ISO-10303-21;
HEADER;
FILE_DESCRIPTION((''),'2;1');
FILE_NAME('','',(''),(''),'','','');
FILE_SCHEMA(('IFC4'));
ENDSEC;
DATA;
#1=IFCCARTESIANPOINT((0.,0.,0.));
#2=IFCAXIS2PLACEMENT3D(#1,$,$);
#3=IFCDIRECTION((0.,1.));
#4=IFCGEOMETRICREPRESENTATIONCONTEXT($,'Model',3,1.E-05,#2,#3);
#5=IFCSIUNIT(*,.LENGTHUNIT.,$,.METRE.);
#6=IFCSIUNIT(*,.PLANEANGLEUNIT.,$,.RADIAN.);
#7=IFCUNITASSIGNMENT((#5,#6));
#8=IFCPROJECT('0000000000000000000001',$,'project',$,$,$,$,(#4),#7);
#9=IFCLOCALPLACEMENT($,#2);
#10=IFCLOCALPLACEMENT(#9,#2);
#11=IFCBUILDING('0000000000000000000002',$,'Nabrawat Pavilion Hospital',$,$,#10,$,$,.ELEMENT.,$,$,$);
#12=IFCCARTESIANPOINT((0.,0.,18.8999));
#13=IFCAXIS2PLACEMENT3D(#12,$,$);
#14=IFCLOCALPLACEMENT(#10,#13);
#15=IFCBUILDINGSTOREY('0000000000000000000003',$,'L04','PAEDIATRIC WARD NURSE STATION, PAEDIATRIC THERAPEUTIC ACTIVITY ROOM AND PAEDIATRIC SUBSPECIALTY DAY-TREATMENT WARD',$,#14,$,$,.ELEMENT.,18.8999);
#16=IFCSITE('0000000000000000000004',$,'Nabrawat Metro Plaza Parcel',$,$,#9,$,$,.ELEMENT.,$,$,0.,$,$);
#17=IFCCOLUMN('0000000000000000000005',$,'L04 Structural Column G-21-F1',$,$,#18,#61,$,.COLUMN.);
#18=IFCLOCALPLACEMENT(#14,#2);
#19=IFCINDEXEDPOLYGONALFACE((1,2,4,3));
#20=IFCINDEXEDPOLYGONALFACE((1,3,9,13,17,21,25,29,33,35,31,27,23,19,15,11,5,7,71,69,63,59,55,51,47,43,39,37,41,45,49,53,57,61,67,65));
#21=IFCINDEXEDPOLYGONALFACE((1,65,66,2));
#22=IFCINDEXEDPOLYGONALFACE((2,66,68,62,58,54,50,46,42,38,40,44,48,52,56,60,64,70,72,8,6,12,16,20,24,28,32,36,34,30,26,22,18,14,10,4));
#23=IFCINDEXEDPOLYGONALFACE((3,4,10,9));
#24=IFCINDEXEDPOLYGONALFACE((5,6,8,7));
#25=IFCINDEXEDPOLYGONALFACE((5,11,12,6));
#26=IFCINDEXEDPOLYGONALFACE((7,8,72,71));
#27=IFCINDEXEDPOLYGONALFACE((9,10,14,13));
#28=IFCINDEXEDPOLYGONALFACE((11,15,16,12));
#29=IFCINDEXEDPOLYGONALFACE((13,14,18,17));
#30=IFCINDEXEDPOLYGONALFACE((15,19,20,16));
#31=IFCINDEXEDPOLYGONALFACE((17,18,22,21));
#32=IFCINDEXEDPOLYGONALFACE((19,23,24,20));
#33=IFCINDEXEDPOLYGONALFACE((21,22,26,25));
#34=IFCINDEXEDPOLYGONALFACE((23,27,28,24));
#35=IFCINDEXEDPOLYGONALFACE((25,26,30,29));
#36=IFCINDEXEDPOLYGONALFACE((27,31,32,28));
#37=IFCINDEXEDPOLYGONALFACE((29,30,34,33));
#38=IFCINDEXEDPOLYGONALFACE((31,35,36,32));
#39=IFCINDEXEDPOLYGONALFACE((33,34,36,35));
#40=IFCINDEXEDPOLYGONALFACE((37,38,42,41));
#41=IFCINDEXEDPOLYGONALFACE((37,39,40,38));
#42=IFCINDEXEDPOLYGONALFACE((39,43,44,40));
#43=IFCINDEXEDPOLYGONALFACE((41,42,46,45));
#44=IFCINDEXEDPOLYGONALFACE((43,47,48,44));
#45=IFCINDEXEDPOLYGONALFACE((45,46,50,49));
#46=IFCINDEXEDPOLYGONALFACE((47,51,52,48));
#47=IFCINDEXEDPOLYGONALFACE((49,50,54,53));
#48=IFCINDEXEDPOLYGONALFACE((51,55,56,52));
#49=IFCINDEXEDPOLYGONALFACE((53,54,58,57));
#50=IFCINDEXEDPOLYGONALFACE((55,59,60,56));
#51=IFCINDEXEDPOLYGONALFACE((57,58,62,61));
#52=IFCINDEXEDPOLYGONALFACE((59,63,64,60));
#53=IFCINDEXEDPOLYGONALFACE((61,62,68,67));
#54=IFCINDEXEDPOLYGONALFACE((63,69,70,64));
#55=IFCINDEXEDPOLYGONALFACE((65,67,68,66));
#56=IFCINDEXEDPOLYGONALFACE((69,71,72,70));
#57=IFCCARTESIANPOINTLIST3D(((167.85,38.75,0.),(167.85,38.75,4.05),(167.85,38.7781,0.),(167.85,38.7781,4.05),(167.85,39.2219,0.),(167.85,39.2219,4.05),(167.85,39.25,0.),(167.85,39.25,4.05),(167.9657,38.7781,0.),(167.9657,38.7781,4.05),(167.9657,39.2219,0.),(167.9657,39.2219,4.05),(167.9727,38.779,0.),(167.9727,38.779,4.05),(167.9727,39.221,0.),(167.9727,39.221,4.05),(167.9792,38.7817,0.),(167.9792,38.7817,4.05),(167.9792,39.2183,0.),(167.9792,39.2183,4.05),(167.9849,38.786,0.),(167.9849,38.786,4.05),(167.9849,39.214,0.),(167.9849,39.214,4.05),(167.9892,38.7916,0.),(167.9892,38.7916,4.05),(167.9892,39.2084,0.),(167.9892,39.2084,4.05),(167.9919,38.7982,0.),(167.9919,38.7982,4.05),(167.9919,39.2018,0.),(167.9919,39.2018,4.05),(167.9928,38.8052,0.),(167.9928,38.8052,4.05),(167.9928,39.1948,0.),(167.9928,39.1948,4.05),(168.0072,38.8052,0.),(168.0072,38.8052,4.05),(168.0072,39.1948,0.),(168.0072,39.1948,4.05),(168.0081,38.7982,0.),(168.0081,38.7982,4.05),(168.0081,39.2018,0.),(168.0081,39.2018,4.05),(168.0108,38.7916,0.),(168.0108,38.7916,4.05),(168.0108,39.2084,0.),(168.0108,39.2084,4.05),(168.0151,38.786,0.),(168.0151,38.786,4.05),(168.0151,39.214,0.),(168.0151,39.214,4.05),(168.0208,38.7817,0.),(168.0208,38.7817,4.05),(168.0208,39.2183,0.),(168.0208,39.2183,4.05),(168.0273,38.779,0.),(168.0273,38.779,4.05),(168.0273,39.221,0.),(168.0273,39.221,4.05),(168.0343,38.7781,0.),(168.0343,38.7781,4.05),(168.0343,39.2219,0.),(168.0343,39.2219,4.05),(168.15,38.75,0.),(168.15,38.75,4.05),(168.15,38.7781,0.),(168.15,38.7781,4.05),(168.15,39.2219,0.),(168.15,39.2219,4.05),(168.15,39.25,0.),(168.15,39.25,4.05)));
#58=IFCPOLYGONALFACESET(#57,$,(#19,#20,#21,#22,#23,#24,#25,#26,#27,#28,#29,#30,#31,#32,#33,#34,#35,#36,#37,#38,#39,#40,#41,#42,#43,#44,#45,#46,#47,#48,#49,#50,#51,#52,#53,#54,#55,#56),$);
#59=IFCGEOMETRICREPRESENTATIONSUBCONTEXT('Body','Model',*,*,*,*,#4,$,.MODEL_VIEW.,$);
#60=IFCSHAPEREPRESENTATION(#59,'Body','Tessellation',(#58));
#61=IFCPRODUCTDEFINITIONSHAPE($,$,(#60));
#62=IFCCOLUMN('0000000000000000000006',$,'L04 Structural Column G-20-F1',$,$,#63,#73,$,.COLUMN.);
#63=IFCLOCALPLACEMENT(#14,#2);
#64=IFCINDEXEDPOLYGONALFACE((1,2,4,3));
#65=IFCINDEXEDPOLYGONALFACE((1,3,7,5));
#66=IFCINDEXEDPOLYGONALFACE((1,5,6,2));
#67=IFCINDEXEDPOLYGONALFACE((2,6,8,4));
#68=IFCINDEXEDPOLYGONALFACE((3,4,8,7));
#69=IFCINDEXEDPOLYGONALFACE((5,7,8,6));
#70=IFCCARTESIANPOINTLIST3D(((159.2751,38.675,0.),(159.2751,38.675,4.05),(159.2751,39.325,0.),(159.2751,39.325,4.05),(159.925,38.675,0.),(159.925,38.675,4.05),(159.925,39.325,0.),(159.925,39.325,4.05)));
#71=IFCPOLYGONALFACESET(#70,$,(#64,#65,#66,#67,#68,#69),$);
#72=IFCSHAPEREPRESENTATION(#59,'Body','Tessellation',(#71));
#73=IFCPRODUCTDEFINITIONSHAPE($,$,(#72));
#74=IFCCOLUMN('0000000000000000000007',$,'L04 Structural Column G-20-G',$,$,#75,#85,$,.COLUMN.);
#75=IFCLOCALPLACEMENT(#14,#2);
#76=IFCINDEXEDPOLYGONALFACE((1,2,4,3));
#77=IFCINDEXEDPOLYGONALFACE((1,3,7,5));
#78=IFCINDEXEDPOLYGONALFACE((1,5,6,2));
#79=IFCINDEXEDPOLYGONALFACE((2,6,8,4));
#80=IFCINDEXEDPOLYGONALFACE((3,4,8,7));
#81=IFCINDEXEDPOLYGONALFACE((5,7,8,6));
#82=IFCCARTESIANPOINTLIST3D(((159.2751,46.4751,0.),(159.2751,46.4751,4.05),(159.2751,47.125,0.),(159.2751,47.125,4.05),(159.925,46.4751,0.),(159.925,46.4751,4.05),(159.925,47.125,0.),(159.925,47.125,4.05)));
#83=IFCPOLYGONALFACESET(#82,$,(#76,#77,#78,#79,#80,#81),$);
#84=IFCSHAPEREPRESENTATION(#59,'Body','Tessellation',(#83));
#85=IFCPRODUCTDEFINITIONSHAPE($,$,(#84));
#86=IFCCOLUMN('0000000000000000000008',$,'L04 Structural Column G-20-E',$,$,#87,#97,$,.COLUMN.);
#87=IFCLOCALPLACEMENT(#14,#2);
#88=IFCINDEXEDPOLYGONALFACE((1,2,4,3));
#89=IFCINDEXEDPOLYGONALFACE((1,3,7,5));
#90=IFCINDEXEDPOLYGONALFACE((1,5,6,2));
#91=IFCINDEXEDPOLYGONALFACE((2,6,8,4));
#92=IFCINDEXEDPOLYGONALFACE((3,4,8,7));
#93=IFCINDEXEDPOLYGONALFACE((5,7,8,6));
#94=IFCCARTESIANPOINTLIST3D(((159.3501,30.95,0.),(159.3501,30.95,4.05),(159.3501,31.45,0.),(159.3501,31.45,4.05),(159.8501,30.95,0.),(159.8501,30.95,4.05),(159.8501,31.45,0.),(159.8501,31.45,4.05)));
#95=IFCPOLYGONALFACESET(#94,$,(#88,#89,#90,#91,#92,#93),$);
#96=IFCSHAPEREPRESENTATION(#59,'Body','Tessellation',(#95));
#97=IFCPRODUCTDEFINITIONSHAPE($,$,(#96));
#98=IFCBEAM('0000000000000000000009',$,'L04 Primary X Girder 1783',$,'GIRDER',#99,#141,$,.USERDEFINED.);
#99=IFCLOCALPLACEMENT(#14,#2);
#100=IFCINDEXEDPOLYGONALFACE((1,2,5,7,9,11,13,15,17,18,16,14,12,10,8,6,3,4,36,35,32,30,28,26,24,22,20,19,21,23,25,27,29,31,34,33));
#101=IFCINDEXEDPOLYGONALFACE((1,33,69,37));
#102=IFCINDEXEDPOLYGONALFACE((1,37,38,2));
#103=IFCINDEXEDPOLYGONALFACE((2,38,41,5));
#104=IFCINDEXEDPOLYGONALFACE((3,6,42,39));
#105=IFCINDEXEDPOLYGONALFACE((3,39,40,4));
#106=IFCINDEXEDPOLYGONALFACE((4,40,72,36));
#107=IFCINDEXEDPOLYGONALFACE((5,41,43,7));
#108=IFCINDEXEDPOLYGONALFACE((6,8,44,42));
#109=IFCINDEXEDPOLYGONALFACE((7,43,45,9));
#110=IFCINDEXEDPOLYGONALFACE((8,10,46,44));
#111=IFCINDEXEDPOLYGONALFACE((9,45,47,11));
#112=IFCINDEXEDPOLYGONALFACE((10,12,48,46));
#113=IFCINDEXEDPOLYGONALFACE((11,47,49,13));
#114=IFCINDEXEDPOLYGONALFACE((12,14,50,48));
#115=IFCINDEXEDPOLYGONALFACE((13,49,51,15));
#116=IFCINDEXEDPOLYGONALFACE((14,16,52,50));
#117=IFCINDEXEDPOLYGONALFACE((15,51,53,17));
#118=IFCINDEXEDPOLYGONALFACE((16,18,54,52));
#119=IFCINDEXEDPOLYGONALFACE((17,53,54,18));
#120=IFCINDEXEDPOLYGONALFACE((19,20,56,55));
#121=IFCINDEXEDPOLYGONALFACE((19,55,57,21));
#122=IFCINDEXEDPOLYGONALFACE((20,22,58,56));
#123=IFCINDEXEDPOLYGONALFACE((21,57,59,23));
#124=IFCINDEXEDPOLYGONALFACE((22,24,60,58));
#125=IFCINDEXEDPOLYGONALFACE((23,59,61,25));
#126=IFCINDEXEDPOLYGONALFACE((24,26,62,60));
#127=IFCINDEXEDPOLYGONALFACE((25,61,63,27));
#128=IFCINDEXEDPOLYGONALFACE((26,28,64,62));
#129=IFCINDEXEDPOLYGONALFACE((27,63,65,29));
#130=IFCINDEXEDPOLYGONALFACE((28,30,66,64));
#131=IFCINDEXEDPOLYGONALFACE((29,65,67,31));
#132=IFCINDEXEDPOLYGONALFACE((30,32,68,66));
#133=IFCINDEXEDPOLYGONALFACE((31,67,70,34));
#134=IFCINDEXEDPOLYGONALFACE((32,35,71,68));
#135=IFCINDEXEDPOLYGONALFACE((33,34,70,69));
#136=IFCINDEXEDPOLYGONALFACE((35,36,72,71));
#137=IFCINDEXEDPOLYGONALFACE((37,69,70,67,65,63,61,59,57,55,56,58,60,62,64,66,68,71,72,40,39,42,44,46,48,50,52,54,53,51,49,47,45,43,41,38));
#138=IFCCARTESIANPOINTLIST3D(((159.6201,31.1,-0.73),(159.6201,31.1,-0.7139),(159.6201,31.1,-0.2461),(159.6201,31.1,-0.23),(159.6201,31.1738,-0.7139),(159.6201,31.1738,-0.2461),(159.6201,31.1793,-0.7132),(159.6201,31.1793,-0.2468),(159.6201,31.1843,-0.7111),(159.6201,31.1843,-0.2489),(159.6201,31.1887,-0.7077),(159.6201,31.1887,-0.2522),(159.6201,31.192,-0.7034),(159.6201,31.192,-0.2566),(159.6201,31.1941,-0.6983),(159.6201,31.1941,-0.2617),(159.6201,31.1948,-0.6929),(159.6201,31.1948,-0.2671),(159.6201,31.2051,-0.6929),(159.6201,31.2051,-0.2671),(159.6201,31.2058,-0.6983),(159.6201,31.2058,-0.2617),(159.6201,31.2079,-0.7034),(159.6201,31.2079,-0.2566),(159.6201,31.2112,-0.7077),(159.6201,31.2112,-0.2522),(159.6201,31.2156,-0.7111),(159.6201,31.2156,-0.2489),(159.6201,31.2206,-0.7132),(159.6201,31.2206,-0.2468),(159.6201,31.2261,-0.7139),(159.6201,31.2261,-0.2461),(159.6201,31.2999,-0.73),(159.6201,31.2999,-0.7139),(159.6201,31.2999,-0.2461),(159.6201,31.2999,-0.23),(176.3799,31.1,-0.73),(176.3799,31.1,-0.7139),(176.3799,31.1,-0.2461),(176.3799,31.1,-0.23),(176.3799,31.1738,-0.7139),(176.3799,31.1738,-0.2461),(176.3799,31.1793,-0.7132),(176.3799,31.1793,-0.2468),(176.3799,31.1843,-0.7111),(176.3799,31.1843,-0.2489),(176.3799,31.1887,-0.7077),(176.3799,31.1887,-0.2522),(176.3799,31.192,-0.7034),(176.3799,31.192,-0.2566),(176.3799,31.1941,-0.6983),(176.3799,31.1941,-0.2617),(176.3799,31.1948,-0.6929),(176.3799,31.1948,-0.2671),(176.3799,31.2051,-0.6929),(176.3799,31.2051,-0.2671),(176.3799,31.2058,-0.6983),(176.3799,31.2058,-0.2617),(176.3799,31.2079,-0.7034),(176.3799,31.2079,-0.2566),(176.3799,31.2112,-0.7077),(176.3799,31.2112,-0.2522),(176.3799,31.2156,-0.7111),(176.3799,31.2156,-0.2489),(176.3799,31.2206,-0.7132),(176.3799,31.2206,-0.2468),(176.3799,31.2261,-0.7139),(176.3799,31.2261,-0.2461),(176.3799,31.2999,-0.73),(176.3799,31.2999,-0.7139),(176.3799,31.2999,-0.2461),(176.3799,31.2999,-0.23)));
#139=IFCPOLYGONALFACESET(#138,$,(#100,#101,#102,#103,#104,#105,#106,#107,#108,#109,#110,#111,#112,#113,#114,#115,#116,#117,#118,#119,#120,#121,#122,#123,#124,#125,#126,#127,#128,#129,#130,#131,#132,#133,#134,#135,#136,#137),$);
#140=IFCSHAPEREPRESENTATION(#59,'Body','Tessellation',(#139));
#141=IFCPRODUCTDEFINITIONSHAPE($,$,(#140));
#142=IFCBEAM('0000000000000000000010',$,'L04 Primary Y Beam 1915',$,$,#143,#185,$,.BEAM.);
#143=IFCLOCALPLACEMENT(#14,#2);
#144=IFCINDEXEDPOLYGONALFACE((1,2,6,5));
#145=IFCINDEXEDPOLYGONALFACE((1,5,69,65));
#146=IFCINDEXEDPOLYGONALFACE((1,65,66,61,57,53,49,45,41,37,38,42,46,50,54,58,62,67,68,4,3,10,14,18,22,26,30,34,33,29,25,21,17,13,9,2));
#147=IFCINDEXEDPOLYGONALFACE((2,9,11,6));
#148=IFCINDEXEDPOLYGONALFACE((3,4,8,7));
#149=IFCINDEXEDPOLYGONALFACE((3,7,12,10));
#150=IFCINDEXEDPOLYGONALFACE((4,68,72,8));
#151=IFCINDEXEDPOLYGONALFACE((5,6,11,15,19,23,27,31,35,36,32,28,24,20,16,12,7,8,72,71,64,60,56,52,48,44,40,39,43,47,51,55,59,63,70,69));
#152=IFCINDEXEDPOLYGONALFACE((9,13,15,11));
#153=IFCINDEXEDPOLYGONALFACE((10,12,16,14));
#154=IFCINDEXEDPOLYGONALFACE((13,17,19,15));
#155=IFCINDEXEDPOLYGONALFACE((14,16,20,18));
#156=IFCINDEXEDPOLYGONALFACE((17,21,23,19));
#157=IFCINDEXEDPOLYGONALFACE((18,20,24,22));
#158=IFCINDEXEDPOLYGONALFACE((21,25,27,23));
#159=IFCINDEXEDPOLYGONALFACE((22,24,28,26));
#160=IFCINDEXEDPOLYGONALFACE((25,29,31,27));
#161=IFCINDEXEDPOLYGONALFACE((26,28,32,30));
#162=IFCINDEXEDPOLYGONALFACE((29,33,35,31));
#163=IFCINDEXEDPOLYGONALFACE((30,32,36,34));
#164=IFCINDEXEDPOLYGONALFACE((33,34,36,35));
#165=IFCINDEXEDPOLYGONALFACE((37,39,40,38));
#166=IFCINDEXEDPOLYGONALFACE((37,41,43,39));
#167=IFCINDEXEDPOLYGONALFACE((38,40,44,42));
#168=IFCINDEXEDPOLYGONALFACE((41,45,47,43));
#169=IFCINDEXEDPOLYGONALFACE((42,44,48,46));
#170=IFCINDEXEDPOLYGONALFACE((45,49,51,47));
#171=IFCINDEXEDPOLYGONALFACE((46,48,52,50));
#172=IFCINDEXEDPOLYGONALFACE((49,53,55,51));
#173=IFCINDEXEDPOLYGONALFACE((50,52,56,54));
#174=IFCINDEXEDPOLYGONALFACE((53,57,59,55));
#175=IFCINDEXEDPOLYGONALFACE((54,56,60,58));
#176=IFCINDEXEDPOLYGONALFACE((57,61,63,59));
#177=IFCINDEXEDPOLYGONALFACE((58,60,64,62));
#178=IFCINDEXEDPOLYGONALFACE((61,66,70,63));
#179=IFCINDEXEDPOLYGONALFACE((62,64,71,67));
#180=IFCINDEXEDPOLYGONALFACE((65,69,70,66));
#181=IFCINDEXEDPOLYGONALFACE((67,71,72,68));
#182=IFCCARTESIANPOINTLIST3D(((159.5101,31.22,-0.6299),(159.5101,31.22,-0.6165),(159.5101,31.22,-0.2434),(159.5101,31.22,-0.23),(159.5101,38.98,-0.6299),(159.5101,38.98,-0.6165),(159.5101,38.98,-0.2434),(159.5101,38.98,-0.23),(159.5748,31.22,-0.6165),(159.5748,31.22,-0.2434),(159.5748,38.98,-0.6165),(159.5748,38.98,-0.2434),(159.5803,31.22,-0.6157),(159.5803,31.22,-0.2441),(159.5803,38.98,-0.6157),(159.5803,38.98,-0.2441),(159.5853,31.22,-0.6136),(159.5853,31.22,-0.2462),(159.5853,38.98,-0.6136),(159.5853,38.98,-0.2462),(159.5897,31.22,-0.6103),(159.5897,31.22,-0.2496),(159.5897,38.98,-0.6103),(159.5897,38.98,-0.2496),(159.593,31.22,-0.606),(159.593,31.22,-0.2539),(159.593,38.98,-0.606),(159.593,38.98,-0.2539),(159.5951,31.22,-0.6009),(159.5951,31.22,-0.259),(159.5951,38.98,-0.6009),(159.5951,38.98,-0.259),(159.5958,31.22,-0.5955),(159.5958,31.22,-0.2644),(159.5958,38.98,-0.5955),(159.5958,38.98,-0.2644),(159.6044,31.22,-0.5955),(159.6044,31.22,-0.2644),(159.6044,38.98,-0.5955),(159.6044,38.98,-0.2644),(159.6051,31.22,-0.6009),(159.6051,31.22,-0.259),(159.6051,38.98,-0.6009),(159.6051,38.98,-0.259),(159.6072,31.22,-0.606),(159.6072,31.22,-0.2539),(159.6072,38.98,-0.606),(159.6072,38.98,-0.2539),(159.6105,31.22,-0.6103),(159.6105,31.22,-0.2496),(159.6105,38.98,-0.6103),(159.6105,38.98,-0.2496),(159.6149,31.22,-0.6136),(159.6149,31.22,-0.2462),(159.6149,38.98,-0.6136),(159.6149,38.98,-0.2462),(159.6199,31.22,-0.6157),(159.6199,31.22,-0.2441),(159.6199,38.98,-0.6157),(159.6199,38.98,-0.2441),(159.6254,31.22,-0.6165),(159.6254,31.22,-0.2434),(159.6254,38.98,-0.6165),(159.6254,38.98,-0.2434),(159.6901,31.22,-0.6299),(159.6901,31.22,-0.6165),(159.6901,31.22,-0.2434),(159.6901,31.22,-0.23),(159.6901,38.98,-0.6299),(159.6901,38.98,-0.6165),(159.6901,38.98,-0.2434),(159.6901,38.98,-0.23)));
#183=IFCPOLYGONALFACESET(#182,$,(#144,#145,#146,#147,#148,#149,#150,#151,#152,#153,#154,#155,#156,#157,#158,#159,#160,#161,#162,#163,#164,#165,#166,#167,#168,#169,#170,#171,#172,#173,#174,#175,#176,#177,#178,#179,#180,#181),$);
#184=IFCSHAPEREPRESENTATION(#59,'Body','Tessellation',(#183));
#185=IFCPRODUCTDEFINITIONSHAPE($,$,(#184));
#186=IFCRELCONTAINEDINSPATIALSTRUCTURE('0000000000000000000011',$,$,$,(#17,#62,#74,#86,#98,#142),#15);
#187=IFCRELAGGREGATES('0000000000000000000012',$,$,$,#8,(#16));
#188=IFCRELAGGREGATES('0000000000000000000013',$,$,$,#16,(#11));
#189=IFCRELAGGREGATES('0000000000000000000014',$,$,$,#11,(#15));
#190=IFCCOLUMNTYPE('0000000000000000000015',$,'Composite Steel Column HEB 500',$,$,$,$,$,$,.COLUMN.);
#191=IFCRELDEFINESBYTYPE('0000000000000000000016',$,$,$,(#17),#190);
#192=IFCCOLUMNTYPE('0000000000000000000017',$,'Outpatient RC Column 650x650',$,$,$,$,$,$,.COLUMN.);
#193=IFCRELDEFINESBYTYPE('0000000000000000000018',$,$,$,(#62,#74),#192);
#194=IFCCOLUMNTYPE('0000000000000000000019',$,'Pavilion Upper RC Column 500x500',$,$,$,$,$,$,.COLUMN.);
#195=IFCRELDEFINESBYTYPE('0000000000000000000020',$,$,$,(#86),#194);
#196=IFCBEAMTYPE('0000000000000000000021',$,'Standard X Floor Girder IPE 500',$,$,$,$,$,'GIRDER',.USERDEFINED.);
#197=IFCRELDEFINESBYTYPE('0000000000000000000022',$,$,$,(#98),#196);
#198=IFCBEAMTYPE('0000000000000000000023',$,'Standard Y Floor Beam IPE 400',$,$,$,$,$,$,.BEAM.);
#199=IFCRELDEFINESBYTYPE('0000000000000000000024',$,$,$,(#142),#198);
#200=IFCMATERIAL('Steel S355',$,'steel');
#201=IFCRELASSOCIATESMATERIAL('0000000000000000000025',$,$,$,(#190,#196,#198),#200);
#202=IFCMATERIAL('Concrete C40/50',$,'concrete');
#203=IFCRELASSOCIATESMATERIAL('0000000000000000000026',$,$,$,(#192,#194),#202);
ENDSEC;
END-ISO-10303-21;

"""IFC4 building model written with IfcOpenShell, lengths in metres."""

from ifc_helpers import new_model, si_unit, direction, frame, origin, origin_2d, place, context, subcontext, project, spatial, rectangle, i_section, extrude, material, material_profile, profile_set, type_object, element, save


model = new_model("IFC4")

# Units and contexts
model_context = context("Model", 3, precision=1e-05, world=origin(), true_north=direction((0.0, 1.0)))
body_context = subcontext(model_context, "Body", "Model", "MODEL_VIEW")
ifc_project = project(units=[si_unit("LENGTHUNIT", "METRE"), si_unit("PLANEANGLEUNIT", "RADIAN")], contexts=[model_context])

# Site, building, storey
site_placement = place(None, origin())
site = spatial("IfcSite", under=ifc_project, at=site_placement, Name="Nabrawat Metro Plaza Parcel", CompositionType="ELEMENT", RefElevation=0.0)
building_placement = place(site_placement, origin())
building = spatial("IfcBuilding", under=site, at=building_placement, Name="Nabrawat Pavilion Hospital", CompositionType="ELEMENT")
storey_placement = place(building_placement, frame((0.0, 0.0, 18.8999)))
storey = spatial("IfcBuildingStorey", under=building, at=storey_placement, Name="L04", Description="PAEDIATRIC WARD NURSE STATION, PAEDIATRIC THERAPEUTIC ACTIVITY ROOM AND PAEDIATRIC SUBSPECIALTY DAY-TREATMENT WARD", CompositionType="ELEMENT", Elevation=18.8999)

# Columns
ifc_material_1 = material(Name="Steel S355", Category="steel")
ifc_material_profile_1 = material_profile(ifc_material_1, i_section(OverallWidth=0.3, OverallDepth=0.5, WebThickness=0.0144, FlangeThickness=0.0281, FilletRadius=0.0271, at=origin_2d()), Name="HEB 500")
ifc_profile_set_1 = profile_set([ifc_material_profile_1], Name="Steel S355")
column_type_1 = type_object("IfcColumnType", Name="Composite Steel Column HEB 500", PredefinedType="COLUMN", material=ifc_profile_set_1)
column_1_placement = place(storey_placement, frame((168.0, 39.0, 0.0), z_axis=(0.0, 0.0, 1.0), x_axis=(1.0, 0.0, 0.0)))
element("IfcColumn", 1, at=column_1_placement, inside=storey, type_object=column_type_1, Name="L04 Structural Column G-21-F1", PredefinedType="COLUMN", context=body_context, shape_type="SweptSolid", body=[
    extrude(i_section(OverallWidth=0.3, OverallDepth=0.5, WebThickness=0.0144, FlangeThickness=0.0281, FilletRadius=0.0271, at=origin_2d()), origin(), (0.0, 0.0, 1.0), 4.05),
])
ifc_material_2 = material(Name="Concrete C40/50", Category="concrete")
ifc_material_profile_2 = material_profile(ifc_material_2, rectangle(XDim=0.6499, YDim=0.6499, at=origin_2d()), Name="RC 650x650")
ifc_profile_set_2 = profile_set([ifc_material_profile_2], Name="Concrete C40/50")
column_type_2 = type_object("IfcColumnType", Name="Outpatient RC Column 650x650", PredefinedType="COLUMN", material=ifc_profile_set_2)
for number, where, z_axis, x_axis, name in (
    (2, (159.6001, 39.0, 0.0), (0.0, 0.0, 1.0), (1.0, 0.0, 0.0), "L04 Structural Column G-20-F1"),
    (3, (159.6001, 46.8, 0.0), (0.0, 0.0, 1.0), (1.0, 0.0, 0.0), "L04 Structural Column G-20-G"),
):
    element("IfcColumn", number, at=place(storey_placement, frame(where, z_axis=z_axis, x_axis=x_axis)), inside=storey, type_object=column_type_2, Name=name, PredefinedType="COLUMN", context=body_context, shape_type="SweptSolid", body=[
        extrude(rectangle(XDim=0.6499, YDim=0.6499, at=origin_2d()), origin(), (0.0, 0.0, 1.0), 4.05),
    ])
ifc_material_profile_3 = material_profile(ifc_material_2, rectangle(XDim=0.5, YDim=0.5, at=origin_2d()), Name="RC 500x500")
ifc_profile_set_3 = profile_set([ifc_material_profile_3], Name="Concrete C40/50")
column_type_3 = type_object("IfcColumnType", Name="Pavilion Upper RC Column 500x500", PredefinedType="COLUMN", material=ifc_profile_set_3)
column_2_placement = place(storey_placement, frame((159.6001, 31.2, 0.0), z_axis=(0.0, 0.0, 1.0), x_axis=(1.0, 0.0, 0.0)))
element("IfcColumn", 4, at=column_2_placement, inside=storey, type_object=column_type_3, Name="L04 Structural Column G-20-E", PredefinedType="COLUMN", context=body_context, shape_type="SweptSolid", body=[
    extrude(rectangle(XDim=0.5, YDim=0.5, at=origin_2d()), origin(), (0.0, 0.0, 1.0), 4.05),
])

# Beams
ifc_material_profile_4 = material_profile(ifc_material_1, i_section(OverallWidth=0.2, OverallDepth=0.5, WebThickness=0.0103, FlangeThickness=0.0161, FilletRadius=0.021, at=origin_2d()), Name="IPE 500")
ifc_profile_set_4 = profile_set([ifc_material_profile_4], Name="Steel S355")
beam_type_1 = type_object("IfcBeamType", Name="Standard X Floor Girder IPE 500", ElementType="GIRDER", PredefinedType="USERDEFINED", material=ifc_profile_set_4)
beam_1_placement = place(storey_placement, frame((159.6201, 31.2, -0.48), z_axis=(1.0, 0.0, 0.0), x_axis=(0.0, 1.0, 0.0)))
element("IfcBeam", 5, at=beam_1_placement, inside=storey, type_object=beam_type_1, Name="L04 Primary X Girder 1783", ObjectType="GIRDER", PredefinedType="USERDEFINED", context=body_context, shape_type="SweptSolid", body=[
    extrude(i_section(OverallWidth=0.2, OverallDepth=0.5, WebThickness=0.0103, FlangeThickness=0.0161, FilletRadius=0.021, at=origin_2d()), origin(), (0.0, 0.0, 1.0), 16.7598),
])
ifc_material_profile_5 = material_profile(ifc_material_1, i_section(OverallWidth=0.1799, OverallDepth=0.3999, WebThickness=0.0085, FlangeThickness=0.0134, FilletRadius=0.021, at=origin_2d()), Name="IPE 400")
ifc_profile_set_5 = profile_set([ifc_material_profile_5], Name="Steel S355")
beam_type_2 = type_object("IfcBeamType", Name="Standard Y Floor Beam IPE 400", PredefinedType="BEAM", material=ifc_profile_set_5)
beam_2_placement = place(storey_placement, frame((159.6001, 31.22, -0.4299), z_axis=(0.0, 1.0, 0.0), x_axis=(-1.0, 0.0, 0.0)))
element("IfcBeam", 6, at=beam_2_placement, inside=storey, type_object=beam_type_2, Name="L04 Primary Y Beam 1915", PredefinedType="BEAM", context=body_context, shape_type="SweptSolid", body=[
    extrude(i_section(OverallWidth=0.1799, OverallDepth=0.3999, WebThickness=0.0085, FlangeThickness=0.0134, FilletRadius=0.021, at=origin_2d()), origin(), (0.0, 0.0, 1.0), 7.76),
])

save(model, "model.ifc")
